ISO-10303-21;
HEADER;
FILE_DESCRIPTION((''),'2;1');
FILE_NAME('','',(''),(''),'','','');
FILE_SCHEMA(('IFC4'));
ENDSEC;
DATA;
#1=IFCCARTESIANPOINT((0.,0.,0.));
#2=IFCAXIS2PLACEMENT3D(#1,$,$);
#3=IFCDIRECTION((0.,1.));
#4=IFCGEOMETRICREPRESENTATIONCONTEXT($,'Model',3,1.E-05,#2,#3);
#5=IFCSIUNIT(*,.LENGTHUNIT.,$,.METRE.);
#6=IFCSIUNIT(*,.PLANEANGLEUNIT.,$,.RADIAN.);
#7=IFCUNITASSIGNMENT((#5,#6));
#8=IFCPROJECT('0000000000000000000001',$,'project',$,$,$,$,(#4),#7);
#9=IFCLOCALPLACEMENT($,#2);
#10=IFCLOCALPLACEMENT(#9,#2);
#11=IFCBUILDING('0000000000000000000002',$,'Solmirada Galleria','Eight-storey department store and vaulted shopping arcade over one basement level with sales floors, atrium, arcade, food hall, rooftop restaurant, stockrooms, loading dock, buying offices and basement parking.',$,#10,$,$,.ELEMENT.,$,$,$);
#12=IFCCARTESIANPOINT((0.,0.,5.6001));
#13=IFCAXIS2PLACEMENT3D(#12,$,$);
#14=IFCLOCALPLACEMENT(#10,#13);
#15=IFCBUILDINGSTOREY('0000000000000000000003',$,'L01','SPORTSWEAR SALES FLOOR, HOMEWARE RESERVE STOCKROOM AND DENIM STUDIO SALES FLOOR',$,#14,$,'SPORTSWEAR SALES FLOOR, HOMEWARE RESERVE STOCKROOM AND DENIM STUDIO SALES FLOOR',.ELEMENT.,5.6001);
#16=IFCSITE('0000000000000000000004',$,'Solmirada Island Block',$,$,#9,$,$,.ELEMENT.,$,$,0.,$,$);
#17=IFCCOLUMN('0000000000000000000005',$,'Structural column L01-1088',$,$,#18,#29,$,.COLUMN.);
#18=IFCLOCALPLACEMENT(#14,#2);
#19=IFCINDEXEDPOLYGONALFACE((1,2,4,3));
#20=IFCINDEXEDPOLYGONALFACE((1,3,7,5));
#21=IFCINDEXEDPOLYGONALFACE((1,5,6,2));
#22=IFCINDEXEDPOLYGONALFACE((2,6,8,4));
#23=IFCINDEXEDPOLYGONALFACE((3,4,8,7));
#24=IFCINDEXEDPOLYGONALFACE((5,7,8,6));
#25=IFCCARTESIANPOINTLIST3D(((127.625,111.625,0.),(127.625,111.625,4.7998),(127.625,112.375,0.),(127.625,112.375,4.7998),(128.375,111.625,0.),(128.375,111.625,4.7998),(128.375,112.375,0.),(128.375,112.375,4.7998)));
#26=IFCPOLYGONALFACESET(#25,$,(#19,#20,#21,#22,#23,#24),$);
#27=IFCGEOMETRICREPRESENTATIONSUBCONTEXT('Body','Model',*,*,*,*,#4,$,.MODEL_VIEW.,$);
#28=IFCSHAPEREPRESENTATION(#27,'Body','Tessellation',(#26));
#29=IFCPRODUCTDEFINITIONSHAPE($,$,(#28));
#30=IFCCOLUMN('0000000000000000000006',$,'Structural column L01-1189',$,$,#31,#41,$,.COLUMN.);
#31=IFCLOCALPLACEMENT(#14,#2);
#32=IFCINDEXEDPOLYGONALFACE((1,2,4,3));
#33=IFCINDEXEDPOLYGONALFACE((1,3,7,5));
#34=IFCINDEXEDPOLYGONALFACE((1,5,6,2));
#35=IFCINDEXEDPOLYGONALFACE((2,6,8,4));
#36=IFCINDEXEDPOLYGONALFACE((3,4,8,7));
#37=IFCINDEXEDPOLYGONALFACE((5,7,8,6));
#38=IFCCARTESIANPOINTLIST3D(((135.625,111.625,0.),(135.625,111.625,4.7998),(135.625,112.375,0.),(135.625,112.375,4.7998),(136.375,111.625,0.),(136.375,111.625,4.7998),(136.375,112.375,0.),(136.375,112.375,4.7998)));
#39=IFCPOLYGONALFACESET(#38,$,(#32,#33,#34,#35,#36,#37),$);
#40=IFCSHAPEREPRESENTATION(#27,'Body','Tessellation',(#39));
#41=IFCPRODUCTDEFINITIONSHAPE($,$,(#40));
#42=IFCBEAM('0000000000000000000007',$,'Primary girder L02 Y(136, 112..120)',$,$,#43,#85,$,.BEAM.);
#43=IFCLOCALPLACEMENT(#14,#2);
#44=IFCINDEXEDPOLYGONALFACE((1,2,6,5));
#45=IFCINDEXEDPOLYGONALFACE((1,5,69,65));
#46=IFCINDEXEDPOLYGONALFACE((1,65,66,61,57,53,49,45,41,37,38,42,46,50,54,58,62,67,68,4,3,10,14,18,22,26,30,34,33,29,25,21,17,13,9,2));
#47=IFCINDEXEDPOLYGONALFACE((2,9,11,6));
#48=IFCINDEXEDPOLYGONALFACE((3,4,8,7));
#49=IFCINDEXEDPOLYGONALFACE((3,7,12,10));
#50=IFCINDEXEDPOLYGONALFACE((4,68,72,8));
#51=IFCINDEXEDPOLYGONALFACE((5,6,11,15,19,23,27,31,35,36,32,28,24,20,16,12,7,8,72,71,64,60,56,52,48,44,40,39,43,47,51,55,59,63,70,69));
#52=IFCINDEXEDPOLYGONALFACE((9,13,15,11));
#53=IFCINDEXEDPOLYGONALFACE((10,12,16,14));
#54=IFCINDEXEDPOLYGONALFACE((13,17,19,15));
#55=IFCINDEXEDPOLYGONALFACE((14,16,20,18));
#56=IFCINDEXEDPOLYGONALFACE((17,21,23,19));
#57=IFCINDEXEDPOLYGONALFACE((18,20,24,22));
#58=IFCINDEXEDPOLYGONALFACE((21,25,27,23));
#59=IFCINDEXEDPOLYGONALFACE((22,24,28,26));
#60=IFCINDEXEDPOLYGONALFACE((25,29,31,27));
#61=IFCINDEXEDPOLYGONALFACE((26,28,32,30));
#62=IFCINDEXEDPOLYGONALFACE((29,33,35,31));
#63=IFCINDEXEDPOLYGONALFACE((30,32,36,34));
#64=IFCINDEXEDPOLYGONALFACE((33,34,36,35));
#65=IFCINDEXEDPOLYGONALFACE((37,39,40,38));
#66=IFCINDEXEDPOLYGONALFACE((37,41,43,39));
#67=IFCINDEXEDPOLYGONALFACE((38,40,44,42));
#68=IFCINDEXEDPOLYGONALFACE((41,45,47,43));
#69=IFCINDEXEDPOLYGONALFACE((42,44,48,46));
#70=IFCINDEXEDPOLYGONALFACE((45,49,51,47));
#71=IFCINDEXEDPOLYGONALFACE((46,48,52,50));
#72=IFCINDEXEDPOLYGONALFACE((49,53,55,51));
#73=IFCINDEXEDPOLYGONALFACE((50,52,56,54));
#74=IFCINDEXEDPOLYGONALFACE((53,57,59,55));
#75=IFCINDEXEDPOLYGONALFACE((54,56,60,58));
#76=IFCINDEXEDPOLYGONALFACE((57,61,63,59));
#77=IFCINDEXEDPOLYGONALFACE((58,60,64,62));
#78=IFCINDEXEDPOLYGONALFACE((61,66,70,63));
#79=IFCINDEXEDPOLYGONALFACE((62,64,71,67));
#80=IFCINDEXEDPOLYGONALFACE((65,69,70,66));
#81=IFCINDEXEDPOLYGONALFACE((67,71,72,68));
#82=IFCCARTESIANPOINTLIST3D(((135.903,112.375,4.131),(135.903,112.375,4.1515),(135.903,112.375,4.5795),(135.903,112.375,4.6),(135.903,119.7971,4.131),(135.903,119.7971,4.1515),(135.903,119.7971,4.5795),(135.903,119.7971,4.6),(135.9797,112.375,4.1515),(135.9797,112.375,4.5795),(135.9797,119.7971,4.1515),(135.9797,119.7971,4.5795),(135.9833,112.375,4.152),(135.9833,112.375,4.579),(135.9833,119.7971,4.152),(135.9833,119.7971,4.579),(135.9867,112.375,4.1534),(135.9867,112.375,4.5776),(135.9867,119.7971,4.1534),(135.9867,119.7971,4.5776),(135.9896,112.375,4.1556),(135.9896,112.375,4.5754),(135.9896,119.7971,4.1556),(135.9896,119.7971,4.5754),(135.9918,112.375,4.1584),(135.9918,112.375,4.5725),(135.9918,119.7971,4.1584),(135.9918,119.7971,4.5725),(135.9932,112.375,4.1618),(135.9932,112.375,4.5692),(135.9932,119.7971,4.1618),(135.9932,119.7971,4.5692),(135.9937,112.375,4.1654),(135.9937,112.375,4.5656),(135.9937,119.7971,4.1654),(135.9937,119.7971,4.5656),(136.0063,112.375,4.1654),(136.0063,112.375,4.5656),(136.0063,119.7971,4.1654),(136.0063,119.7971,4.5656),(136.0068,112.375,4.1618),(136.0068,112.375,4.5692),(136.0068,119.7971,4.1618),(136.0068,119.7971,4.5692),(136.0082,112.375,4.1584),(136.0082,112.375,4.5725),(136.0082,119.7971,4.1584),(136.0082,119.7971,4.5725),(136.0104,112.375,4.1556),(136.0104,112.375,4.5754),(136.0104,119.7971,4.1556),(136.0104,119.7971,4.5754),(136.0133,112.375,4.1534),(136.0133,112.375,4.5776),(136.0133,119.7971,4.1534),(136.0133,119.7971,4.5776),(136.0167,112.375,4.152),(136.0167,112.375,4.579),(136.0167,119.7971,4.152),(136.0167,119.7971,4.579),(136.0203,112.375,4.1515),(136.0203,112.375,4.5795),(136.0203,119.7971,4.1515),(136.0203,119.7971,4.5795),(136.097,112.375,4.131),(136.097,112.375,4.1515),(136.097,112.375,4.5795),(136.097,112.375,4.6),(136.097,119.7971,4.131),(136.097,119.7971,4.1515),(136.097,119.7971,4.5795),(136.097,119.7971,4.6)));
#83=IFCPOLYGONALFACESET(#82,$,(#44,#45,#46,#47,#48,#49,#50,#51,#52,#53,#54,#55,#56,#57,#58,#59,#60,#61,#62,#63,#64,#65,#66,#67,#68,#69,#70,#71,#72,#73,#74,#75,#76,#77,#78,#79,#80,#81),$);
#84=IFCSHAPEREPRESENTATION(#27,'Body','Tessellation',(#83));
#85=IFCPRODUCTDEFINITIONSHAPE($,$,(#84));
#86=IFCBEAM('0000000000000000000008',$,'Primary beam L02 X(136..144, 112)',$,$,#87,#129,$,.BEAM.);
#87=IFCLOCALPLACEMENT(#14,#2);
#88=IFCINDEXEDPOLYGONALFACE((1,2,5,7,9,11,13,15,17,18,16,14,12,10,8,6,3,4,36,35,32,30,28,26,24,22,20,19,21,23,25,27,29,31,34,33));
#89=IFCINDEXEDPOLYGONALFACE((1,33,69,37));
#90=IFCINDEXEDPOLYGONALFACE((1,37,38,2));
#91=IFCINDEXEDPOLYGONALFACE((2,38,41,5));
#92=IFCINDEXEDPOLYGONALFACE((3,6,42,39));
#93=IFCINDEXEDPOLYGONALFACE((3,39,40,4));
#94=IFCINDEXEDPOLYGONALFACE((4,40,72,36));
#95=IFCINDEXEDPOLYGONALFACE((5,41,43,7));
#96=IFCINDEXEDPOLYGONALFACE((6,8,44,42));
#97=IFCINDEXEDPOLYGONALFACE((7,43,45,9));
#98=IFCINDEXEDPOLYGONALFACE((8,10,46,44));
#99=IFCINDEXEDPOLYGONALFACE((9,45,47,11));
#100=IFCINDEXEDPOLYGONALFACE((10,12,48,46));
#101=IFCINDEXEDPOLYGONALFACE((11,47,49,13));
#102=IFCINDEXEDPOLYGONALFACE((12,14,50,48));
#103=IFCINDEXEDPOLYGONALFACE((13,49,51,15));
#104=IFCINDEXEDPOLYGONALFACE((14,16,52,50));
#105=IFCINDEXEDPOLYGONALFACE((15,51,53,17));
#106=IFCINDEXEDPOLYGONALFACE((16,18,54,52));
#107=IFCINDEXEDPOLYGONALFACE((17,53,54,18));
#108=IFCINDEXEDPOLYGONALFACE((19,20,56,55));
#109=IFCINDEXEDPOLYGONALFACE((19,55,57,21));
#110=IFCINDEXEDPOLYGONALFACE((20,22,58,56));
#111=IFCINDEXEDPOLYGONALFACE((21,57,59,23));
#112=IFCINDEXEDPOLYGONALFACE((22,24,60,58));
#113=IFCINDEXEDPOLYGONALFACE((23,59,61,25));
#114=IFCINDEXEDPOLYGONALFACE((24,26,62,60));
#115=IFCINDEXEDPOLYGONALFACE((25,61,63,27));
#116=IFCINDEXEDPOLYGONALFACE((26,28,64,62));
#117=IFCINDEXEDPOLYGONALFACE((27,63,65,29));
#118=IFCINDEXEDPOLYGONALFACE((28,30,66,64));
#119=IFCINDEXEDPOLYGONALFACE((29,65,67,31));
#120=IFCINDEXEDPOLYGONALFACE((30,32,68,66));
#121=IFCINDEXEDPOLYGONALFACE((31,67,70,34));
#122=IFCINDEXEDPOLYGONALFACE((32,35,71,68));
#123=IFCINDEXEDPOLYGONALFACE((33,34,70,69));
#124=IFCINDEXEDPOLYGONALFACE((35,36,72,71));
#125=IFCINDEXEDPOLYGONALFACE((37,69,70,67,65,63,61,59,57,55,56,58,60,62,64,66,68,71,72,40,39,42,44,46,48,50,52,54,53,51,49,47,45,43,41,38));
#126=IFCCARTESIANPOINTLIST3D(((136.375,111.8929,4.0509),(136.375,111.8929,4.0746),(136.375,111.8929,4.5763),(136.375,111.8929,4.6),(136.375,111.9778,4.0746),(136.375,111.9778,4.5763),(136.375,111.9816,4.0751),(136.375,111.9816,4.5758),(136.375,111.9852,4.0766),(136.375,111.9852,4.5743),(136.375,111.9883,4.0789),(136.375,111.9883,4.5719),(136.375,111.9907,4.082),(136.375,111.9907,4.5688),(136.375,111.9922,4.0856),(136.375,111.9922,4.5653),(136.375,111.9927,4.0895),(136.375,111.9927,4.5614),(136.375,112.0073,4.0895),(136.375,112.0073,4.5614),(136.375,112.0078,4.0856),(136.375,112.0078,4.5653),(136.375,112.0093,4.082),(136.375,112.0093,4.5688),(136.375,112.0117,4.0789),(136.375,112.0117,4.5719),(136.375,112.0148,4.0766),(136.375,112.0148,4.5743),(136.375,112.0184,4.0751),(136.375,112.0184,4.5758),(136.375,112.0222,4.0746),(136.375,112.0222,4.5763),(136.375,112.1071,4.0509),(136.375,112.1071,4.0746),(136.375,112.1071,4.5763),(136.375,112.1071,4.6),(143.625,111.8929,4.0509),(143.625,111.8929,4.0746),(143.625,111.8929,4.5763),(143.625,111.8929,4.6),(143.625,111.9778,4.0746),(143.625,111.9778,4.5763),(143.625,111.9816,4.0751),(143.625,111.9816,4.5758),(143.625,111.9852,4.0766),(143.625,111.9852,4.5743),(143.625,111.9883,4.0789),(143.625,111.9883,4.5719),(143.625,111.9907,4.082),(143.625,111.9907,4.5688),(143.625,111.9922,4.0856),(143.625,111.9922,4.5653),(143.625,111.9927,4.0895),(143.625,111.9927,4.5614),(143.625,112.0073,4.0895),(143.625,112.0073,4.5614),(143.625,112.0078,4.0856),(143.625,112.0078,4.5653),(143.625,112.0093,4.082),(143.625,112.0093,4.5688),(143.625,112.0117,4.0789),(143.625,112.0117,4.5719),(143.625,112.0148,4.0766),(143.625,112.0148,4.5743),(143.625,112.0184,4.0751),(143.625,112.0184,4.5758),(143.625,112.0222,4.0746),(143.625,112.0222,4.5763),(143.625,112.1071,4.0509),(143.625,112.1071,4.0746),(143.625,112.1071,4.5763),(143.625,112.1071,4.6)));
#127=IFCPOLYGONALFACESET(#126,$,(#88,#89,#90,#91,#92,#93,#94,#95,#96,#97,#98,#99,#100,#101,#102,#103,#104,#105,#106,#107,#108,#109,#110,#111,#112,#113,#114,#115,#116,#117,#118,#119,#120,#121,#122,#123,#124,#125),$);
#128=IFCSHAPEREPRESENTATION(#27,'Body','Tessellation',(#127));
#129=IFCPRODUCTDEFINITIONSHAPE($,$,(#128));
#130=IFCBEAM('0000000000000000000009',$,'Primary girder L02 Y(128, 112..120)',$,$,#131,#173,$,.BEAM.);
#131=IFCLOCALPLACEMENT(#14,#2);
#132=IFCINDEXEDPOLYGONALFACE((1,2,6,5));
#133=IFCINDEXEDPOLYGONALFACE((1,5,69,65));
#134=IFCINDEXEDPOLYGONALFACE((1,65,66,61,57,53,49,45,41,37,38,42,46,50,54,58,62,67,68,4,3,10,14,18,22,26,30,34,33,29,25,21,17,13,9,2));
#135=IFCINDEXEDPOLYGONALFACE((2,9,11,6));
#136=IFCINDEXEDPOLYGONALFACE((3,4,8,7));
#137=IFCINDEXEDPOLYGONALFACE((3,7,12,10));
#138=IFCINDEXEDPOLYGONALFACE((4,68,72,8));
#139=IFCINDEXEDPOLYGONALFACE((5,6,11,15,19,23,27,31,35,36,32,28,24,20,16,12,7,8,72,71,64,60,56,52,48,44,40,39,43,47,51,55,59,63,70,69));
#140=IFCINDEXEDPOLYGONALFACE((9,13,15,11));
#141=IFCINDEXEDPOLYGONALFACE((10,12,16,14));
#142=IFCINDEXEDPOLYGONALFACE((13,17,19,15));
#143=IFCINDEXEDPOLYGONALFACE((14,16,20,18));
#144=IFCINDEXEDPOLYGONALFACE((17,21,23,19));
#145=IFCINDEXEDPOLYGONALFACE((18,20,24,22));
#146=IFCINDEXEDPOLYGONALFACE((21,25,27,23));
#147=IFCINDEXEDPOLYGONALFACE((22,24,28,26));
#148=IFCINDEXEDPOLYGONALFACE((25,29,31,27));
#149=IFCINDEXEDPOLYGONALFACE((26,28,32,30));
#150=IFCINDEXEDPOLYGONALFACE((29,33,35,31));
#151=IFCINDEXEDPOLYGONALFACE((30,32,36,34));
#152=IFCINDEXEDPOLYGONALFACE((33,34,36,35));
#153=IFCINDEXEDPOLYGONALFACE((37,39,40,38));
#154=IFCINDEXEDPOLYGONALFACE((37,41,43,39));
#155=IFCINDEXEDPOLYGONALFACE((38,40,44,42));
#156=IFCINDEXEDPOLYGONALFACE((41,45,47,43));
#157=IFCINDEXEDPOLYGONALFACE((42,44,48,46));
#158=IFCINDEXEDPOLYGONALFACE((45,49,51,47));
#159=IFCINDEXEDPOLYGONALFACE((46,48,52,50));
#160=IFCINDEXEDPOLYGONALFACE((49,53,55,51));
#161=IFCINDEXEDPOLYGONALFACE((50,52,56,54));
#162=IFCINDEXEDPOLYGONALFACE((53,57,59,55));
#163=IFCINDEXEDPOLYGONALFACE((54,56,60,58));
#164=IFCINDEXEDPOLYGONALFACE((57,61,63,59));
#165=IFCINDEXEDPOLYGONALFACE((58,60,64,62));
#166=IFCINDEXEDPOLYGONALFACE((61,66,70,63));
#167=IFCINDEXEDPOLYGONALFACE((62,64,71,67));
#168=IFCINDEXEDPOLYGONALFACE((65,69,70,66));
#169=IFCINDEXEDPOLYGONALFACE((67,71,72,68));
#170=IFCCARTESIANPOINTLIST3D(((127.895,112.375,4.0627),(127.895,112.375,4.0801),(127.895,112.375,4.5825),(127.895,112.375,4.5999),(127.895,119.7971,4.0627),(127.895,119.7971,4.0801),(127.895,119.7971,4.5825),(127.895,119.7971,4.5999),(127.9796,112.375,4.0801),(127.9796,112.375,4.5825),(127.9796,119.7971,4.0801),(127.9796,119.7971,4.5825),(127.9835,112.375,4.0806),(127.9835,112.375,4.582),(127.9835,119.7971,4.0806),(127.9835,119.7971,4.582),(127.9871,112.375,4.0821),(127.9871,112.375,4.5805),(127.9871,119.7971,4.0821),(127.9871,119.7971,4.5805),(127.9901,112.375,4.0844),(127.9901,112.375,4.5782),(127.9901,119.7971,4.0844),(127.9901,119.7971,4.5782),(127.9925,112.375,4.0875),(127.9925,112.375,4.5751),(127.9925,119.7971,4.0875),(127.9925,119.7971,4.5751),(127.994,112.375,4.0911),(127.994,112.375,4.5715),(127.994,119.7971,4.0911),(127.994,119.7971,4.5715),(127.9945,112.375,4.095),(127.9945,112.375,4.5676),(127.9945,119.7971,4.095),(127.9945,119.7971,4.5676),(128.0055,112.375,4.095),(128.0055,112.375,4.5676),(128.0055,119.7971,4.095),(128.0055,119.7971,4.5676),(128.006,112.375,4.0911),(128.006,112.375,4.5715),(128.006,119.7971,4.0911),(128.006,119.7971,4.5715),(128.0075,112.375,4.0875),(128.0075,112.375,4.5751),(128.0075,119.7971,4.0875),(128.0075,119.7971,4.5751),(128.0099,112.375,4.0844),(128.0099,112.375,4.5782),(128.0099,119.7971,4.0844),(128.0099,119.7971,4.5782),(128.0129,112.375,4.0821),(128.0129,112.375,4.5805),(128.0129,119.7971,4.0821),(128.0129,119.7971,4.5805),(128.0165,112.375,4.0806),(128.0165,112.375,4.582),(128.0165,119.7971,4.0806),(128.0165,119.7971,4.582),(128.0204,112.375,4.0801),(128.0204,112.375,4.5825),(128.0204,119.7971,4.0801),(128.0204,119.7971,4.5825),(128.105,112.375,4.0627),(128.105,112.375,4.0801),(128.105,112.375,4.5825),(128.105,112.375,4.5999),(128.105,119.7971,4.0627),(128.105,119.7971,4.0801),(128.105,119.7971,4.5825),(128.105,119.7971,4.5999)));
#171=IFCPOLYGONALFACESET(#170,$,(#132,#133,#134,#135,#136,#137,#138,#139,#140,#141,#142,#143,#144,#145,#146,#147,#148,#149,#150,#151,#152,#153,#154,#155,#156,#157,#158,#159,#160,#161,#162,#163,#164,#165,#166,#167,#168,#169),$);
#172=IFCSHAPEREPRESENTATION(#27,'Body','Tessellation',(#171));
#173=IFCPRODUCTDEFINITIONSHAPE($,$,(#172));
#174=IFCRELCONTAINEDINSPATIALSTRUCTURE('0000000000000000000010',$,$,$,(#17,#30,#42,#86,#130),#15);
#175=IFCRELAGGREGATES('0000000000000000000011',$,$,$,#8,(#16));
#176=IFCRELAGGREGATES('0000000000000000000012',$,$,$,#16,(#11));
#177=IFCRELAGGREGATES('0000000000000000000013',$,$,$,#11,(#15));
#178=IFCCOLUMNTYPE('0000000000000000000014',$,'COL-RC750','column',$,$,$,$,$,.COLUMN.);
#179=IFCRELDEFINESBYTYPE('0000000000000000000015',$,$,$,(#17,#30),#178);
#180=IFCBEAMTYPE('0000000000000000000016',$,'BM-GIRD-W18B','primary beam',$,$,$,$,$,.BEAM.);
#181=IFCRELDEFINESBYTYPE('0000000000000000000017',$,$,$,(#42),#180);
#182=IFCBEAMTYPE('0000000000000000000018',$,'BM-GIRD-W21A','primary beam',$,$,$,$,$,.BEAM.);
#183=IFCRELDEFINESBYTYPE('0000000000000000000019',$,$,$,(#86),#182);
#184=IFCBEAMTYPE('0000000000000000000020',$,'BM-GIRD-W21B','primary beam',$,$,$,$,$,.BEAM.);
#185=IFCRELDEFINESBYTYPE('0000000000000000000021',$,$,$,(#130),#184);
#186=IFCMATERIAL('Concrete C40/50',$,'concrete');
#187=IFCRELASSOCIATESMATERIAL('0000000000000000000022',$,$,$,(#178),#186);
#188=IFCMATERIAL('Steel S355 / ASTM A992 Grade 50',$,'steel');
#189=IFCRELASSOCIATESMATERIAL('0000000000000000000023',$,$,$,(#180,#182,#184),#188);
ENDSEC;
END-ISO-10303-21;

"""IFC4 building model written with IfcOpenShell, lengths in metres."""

from ifc_helpers import new_model, si_unit, direction, frame, origin, origin_2d, place, context, subcontext, project, spatial, rectangle, i_section, extrude, material, material_profile, profile_set, type_object, element, save


model = new_model("IFC4")

# Units and contexts
model_context = context("Model", 3, precision=1e-05, world=origin(), true_north=direction((0.0, 1.0)))
body_context = subcontext(model_context, "Body", "Model", "MODEL_VIEW")
ifc_project = project(units=[si_unit("LENGTHUNIT", "METRE"), si_unit("PLANEANGLEUNIT", "RADIAN")], contexts=[model_context])

# Site, building, storey
site_placement = place(None, origin())
site = spatial("IfcSite", under=ifc_project, at=site_placement, Name="Solmirada Island Block", CompositionType="ELEMENT", RefElevation=0.0)
building_placement = place(site_placement, origin())
building = spatial("IfcBuilding", under=site, at=building_placement, Name="Solmirada Galleria", Description="Eight-storey department store and vaulted shopping arcade over one basement level with sales floors, atrium, arcade, food hall, rooftop restaurant, stockrooms, loading dock, buying offices and basement parking.", CompositionType="ELEMENT")
storey_placement = place(building_placement, frame((0.0, 0.0, 5.6001)))
storey = spatial("IfcBuildingStorey", under=building, at=storey_placement, Name="L01", Description="SPORTSWEAR SALES FLOOR, HOMEWARE RESERVE STOCKROOM AND DENIM STUDIO SALES FLOOR", LongName="SPORTSWEAR SALES FLOOR, HOMEWARE RESERVE STOCKROOM AND DENIM STUDIO SALES FLOOR", CompositionType="ELEMENT", Elevation=5.6001)

# Columns
ifc_material_1 = material(Name="Concrete C40/50", Category="concrete")
ifc_material_profile_1 = material_profile(ifc_material_1, rectangle(XDim=0.75, YDim=0.75, at=origin_2d()), Name="RC750X750")
ifc_profile_set_1 = profile_set([ifc_material_profile_1], Name="Concrete C40/50")
column_type = type_object("IfcColumnType", Name="COL-RC750", Description="column", PredefinedType="COLUMN", material=ifc_profile_set_1)
for number, where, z_axis, x_axis, name in (
    (1, (128.0, 112.0, 0.0), (0.0, 0.0, 1.0), (1.0, 0.0, 0.0), "Structural column L01-1088"),
    (2, (136.0, 112.0, 0.0), (0.0, 0.0, 1.0), (1.0, 0.0, 0.0), "Structural column L01-1189"),
):
    element("IfcColumn", number, at=place(storey_placement, frame(where, z_axis=z_axis, x_axis=x_axis)), inside=storey, type_object=column_type, Name=name, PredefinedType="COLUMN", context=body_context, shape_type="SweptSolid", body=[
        extrude(rectangle(XDim=0.75, YDim=0.75, at=origin_2d()), origin(), (0.0, 0.0, 1.0), 4.7998),
    ])

# Beams
ifc_material_2 = material(Name="Steel S355 / ASTM A992 Grade 50", Category="steel")
ifc_material_profile_2 = material_profile(ifc_material_2, i_section(OverallWidth=0.1941, OverallDepth=0.469, WebThickness=0.0127, FlangeThickness=0.0205, FilletRadius=0.0139, at=origin_2d()), Name="W18X71")
ifc_profile_set_2 = profile_set([ifc_material_profile_2], Name="Steel S355 / ASTM A992 Grade 50")
beam_type_1 = type_object("IfcBeamType", Name="BM-GIRD-W18B", Description="primary beam", PredefinedType="BEAM", material=ifc_profile_set_2)
beam_1_placement = place(storey_placement, frame((136.0, 112.375, 4.3655), z_axis=(0.0, 1.0, 0.0), x_axis=(-1.0, 0.0, 0.0)))
element("IfcBeam", 3, at=beam_1_placement, inside=storey, type_object=beam_type_1, Name="Primary girder L02 Y(136, 112..120)", PredefinedType="BEAM", context=body_context, shape_type="SweptSolid", body=[
    extrude(i_section(OverallWidth=0.1941, OverallDepth=0.469, WebThickness=0.0127, FlangeThickness=0.0205, FilletRadius=0.0139, at=origin_2d()), origin(), (0.0, 0.0, 1.0), 7.4221),
])
ifc_material_profile_3 = material_profile(ifc_material_2, i_section(OverallWidth=0.2141, OverallDepth=0.5491, WebThickness=0.0146, FlangeThickness=0.0237, FilletRadius=0.0149, at=origin_2d()), Name="W21X93")
ifc_profile_set_3 = profile_set([ifc_material_profile_3], Name="Steel S355 / ASTM A992 Grade 50")
beam_type_2 = type_object("IfcBeamType", Name="BM-GIRD-W21A", Description="primary beam", PredefinedType="BEAM", material=ifc_profile_set_3)
beam_2_placement = place(storey_placement, frame((136.375, 112.0, 4.3254), z_axis=(1.0, 0.0, 0.0), x_axis=(0.0, 1.0, 0.0)))
element("IfcBeam", 4, at=beam_2_placement, inside=storey, type_object=beam_type_2, Name="Primary beam L02 X(136..144, 112)", PredefinedType="BEAM", context=body_context, shape_type="SweptSolid", body=[
    extrude(i_section(OverallWidth=0.2141, OverallDepth=0.5491, WebThickness=0.0146, FlangeThickness=0.0237, FilletRadius=0.0149, at=origin_2d()), origin(), (0.0, 0.0, 1.0), 7.25),
])
ifc_material_profile_4 = material_profile(ifc_material_2, i_section(OverallWidth=0.21, OverallDepth=0.5371, WebThickness=0.011, FlangeThickness=0.0173, FilletRadius=0.0149, at=origin_2d()), Name="W21X68")
ifc_profile_set_4 = profile_set([ifc_material_profile_4], Name="Steel S355 / ASTM A992 Grade 50")
beam_type_3 = type_object("IfcBeamType", Name="BM-GIRD-W21B", Description="primary beam", PredefinedType="BEAM", material=ifc_profile_set_4)
beam_3_placement = place(storey_placement, frame((128.0, 112.375, 4.3313), z_axis=(0.0, 1.0, 0.0), x_axis=(-1.0, 0.0, 0.0)))
element("IfcBeam", 5, at=beam_3_placement, inside=storey, type_object=beam_type_3, Name="Primary girder L02 Y(128, 112..120)", PredefinedType="BEAM", context=body_context, shape_type="SweptSolid", body=[
    extrude(i_section(OverallWidth=0.21, OverallDepth=0.5371, WebThickness=0.011, FlangeThickness=0.0173, FilletRadius=0.0149, at=origin_2d()), origin(), (0.0, 0.0, 1.0), 7.4221),
])

save(model, "model.ifc")
